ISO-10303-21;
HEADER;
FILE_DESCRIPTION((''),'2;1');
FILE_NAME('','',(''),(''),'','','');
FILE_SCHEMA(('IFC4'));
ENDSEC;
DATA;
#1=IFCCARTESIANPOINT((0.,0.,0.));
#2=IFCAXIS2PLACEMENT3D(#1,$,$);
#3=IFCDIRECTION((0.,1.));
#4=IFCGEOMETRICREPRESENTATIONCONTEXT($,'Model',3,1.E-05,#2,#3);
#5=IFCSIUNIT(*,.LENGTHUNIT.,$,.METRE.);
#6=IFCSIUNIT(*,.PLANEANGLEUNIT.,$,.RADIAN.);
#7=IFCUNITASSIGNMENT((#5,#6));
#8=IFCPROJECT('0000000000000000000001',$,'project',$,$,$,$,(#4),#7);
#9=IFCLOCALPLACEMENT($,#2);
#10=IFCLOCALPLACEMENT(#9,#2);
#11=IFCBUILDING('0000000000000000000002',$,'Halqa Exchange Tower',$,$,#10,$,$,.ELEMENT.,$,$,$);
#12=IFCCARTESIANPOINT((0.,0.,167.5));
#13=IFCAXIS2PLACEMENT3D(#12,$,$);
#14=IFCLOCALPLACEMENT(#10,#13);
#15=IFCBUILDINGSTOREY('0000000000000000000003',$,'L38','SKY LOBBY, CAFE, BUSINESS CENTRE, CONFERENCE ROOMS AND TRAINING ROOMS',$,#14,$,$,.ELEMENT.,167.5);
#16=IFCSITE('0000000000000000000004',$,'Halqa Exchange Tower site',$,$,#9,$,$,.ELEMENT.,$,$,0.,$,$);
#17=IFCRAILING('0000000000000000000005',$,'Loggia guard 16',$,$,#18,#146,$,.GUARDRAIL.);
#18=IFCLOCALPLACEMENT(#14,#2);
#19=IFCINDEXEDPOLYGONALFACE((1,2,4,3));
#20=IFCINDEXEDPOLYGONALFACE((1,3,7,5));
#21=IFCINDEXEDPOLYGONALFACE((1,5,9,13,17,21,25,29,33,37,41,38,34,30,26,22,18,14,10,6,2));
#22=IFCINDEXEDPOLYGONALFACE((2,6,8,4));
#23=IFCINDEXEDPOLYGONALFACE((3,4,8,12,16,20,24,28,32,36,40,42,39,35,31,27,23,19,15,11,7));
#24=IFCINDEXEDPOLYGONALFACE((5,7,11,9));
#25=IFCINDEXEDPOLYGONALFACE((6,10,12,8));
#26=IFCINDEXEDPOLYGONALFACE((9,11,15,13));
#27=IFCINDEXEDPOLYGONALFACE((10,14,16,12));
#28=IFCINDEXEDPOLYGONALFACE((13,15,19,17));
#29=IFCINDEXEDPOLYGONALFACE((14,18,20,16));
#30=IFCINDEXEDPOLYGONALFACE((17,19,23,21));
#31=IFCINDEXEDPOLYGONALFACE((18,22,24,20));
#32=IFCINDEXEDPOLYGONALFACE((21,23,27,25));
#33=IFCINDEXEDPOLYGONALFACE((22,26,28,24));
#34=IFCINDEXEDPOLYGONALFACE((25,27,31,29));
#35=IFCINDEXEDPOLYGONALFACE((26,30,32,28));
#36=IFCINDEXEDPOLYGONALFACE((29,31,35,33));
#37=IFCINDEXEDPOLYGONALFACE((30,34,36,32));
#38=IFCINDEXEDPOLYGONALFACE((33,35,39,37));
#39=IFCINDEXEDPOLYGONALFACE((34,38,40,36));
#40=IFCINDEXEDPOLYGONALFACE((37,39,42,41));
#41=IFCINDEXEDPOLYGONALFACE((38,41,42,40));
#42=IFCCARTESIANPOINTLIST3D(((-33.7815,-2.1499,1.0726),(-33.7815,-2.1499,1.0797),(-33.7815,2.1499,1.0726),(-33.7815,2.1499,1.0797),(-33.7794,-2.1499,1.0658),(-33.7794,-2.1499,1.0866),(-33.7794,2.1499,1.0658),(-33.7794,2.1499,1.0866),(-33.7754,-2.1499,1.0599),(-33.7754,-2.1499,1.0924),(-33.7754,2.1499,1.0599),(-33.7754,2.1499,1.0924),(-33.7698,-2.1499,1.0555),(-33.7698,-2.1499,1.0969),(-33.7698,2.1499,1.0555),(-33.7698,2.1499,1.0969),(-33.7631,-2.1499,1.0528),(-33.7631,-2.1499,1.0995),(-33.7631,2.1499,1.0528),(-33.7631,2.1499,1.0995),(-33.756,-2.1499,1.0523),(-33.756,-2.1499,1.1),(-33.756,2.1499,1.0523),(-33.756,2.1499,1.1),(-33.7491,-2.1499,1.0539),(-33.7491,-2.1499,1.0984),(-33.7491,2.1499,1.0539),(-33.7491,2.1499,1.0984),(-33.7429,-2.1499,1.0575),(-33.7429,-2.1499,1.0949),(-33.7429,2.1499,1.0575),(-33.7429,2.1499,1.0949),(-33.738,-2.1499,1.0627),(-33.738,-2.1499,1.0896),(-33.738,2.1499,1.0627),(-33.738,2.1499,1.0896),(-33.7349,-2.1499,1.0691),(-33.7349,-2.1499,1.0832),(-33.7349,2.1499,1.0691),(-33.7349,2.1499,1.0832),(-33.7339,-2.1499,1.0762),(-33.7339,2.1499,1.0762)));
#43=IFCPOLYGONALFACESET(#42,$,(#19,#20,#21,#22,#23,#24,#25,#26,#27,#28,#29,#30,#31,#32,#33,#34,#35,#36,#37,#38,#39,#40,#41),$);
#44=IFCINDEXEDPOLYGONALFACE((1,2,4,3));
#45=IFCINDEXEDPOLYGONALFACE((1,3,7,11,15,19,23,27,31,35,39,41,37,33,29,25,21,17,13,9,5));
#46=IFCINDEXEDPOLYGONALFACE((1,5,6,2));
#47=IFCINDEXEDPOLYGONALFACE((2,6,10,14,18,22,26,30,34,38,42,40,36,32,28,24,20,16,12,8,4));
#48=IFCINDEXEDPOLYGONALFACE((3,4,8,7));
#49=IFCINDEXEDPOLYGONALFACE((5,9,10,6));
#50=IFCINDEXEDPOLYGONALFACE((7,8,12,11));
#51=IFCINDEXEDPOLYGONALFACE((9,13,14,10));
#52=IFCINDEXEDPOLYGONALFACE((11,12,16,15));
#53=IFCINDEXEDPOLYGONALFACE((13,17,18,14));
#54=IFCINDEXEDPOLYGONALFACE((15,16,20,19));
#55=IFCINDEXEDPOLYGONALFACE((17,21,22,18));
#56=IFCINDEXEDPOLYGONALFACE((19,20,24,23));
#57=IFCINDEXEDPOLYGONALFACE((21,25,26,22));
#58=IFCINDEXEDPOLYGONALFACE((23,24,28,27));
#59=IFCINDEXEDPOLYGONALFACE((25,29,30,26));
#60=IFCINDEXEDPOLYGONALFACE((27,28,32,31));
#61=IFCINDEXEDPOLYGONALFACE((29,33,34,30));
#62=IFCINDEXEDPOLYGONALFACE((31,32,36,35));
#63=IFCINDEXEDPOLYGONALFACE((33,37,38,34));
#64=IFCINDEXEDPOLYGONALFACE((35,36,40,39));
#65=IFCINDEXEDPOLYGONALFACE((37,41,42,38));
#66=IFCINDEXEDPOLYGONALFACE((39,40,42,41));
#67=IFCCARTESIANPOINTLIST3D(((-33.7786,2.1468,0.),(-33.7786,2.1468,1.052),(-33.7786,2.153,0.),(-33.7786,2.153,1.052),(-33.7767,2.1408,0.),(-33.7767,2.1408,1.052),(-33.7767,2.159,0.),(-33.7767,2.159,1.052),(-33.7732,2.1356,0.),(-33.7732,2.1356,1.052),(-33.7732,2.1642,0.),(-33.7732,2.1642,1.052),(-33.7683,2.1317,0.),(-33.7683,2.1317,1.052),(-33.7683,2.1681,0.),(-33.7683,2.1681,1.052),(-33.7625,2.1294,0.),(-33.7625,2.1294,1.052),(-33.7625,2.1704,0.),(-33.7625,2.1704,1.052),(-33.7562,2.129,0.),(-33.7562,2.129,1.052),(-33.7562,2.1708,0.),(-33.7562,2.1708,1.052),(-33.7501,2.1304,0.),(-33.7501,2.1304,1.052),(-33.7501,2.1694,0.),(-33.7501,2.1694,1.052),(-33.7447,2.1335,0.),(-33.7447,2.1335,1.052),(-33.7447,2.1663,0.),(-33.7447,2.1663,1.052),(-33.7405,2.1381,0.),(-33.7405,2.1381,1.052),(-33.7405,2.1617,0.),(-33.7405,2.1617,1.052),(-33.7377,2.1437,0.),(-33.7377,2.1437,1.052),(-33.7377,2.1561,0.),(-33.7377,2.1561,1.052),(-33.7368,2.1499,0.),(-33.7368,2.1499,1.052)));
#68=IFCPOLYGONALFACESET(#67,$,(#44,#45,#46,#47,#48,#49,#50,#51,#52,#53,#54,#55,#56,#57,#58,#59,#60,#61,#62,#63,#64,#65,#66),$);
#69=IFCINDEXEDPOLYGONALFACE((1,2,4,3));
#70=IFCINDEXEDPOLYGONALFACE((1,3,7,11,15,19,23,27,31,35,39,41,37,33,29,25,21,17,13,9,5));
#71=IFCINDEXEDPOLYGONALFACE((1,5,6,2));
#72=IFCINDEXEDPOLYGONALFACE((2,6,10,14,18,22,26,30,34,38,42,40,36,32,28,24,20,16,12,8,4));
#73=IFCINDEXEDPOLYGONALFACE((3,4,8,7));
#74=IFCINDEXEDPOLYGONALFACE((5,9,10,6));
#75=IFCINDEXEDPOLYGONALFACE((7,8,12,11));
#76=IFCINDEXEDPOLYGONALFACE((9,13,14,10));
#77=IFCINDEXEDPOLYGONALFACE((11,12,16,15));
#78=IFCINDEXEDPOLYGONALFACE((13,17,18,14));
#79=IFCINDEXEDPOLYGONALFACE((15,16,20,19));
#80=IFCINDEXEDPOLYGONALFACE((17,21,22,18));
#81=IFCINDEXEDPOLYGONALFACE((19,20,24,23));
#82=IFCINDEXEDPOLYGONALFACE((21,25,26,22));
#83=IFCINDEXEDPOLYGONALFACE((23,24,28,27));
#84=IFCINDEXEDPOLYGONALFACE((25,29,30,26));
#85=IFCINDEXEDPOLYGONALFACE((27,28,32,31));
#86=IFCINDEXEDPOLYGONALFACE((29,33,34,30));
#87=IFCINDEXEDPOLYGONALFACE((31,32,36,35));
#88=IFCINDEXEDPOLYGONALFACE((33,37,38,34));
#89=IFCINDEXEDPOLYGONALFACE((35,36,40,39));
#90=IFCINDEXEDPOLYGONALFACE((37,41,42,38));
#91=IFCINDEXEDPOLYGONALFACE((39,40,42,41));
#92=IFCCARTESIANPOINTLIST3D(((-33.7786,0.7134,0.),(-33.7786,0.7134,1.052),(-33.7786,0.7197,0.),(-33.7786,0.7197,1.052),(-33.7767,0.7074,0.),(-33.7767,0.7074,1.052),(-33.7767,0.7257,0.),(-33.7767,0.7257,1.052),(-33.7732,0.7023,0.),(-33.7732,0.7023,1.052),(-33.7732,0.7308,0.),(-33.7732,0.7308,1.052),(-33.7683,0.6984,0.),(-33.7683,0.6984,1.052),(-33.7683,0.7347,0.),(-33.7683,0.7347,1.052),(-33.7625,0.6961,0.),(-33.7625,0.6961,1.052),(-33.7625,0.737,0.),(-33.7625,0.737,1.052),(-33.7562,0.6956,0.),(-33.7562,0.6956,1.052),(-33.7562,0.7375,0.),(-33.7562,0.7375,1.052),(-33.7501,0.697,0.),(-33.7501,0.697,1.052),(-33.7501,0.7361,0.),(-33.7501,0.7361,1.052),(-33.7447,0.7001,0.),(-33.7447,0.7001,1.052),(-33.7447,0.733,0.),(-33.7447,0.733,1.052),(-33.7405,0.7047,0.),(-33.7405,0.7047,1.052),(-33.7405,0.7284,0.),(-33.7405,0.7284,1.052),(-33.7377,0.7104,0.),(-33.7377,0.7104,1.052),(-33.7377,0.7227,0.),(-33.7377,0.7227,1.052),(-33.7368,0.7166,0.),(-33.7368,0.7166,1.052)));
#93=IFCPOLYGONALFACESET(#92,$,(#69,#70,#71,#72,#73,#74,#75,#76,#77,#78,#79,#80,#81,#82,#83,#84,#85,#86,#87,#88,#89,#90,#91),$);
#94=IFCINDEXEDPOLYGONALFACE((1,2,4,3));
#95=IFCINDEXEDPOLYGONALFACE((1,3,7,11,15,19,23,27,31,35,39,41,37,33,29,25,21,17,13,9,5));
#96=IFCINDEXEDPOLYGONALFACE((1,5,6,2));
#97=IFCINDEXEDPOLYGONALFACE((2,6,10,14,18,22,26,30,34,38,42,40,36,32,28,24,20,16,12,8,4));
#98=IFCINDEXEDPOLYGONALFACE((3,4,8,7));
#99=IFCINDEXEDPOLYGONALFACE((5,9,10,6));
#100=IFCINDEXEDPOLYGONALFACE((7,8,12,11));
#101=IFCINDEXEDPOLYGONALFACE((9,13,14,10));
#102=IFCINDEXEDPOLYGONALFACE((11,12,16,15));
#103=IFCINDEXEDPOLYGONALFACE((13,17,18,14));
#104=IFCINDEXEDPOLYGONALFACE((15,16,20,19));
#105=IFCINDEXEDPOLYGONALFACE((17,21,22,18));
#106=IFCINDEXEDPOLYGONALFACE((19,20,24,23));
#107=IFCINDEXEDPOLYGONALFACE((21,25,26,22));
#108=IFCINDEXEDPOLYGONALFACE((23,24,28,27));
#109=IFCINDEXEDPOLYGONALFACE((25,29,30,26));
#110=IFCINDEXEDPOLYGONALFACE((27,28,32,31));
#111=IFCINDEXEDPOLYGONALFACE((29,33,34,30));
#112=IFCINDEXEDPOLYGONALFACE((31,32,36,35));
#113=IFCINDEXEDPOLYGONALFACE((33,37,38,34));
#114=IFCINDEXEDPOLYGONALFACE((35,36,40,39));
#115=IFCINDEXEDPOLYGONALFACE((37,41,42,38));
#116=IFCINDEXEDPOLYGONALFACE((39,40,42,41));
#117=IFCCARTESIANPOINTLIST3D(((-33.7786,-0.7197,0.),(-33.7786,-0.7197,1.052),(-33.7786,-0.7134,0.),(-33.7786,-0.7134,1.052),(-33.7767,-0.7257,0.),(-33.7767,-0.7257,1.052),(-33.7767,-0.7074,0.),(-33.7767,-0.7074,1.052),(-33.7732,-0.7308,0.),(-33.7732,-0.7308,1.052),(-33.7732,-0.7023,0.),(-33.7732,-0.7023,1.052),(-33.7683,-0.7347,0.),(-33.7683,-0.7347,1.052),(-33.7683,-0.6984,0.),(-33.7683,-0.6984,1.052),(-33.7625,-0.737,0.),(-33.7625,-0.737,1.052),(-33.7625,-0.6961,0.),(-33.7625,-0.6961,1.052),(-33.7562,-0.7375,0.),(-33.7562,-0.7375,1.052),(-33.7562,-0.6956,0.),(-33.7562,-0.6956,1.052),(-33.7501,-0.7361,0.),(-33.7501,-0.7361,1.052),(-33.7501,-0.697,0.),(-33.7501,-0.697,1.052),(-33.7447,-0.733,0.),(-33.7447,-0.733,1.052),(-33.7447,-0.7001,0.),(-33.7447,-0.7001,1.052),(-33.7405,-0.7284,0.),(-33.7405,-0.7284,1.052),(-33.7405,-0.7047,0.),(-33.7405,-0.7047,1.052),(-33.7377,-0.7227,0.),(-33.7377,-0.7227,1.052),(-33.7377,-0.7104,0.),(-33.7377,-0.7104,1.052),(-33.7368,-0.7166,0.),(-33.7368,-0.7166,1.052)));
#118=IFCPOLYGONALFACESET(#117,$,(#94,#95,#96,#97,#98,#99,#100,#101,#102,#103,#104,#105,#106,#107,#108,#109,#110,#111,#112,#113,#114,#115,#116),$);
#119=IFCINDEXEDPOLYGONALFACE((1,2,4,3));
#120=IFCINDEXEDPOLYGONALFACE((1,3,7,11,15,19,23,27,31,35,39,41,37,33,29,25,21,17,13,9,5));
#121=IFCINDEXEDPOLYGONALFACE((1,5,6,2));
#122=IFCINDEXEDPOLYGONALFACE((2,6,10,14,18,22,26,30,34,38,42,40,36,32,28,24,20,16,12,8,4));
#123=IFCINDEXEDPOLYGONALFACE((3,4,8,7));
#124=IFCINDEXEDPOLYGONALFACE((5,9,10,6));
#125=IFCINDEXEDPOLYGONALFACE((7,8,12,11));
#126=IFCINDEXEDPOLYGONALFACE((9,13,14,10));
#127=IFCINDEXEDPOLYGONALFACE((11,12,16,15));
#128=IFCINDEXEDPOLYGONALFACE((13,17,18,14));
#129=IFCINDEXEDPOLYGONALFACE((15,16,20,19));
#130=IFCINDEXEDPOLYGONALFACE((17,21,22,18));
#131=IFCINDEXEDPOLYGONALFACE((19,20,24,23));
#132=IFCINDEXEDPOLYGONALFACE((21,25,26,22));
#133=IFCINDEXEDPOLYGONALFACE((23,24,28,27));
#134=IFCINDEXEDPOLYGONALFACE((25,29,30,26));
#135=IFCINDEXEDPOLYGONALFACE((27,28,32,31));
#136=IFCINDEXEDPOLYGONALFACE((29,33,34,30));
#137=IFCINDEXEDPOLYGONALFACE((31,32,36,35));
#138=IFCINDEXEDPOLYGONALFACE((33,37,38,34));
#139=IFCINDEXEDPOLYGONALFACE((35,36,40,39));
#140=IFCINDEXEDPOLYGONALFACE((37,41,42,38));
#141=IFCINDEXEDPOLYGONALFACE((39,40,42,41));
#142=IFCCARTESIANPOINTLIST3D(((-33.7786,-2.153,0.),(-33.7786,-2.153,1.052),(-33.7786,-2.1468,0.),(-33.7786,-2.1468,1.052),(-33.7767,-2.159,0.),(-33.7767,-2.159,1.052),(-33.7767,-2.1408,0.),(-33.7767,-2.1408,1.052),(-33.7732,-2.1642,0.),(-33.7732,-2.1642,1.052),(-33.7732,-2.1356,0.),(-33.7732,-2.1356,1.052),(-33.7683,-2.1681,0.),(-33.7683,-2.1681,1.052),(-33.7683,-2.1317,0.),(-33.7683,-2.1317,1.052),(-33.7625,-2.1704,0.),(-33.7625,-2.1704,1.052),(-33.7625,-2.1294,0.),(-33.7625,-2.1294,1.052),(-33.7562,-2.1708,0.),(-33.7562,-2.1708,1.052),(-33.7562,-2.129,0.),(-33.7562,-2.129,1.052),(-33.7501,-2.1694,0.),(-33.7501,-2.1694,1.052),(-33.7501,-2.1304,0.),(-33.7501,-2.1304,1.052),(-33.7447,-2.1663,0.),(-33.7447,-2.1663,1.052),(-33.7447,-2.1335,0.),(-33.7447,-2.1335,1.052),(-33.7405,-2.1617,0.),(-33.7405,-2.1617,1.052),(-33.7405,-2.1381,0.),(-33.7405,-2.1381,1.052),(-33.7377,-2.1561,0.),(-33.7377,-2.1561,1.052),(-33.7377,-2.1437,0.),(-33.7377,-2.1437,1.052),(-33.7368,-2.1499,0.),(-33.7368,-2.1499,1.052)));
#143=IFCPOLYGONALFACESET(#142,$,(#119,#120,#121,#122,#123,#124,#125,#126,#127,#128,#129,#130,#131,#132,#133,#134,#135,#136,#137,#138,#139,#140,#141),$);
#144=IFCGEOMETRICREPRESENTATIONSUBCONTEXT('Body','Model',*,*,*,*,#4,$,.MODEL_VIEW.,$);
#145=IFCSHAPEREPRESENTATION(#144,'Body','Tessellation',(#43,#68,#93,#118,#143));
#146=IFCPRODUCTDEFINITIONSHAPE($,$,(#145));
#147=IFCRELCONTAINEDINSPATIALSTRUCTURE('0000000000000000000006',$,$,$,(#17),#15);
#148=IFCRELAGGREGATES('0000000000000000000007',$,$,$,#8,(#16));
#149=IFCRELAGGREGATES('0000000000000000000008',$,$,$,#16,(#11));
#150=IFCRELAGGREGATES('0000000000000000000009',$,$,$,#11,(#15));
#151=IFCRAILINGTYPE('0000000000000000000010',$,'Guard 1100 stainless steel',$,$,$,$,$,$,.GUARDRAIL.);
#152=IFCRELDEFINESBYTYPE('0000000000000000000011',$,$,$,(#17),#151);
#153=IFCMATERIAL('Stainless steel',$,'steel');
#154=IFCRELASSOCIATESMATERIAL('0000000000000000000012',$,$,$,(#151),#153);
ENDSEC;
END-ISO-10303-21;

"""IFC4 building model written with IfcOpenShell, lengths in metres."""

from ifc_helpers import new_model, si_unit, direction, frame, origin, origin_2d, place, context, subcontext, project, spatial, circle, extrude, material, type_object, element, save


model = new_model("IFC4")

# Units and contexts
model_context = context("Model", 3, precision=1e-05, world=origin(), true_north=direction((0.0, 1.0)))
body_context = subcontext(model_context, "Body", "Model", "MODEL_VIEW")
ifc_project = project(units=[si_unit("LENGTHUNIT", "METRE"), si_unit("PLANEANGLEUNIT", "RADIAN")], contexts=[model_context])

# Site, building, storey
site_placement = place(None, origin())
site = spatial("IfcSite", under=ifc_project, at=site_placement, Name="Halqa Exchange Tower site", CompositionType="ELEMENT", RefElevation=0.0)
building_placement = place(site_placement, origin())
building = spatial("IfcBuilding", under=site, at=building_placement, Name="Halqa Exchange Tower", CompositionType="ELEMENT")
storey_placement = place(building_placement, frame((0.0, 0.0, 167.5)))
storey = spatial("IfcBuildingStorey", under=building, at=storey_placement, Name="L38", Description="SKY LOBBY, CAFE, BUSINESS CENTRE, CONFERENCE ROOMS AND TRAINING ROOMS", CompositionType="ELEMENT", Elevation=167.5)

# Railing
ifc_material_1 = material(Name="Stainless steel", Category="steel")
railing_type = type_object("IfcRailingType", Name="Guard 1100 stainless steel", PredefinedType="GUARDRAIL", material=ifc_material_1)
railing_1_placement = place(storey_placement, frame((-33.7578, 2.1499, 0.0)))
element("IfcRailing", 1, at=railing_1_placement, inside=storey, type_object=railing_type, Name="Loggia guard 16", PredefinedType="GUARDRAIL", context=body_context, shape_type="SweptSolid", body=[
    extrude(circle(Radius=0.0239, at=origin_2d()), frame((0.0, 0.0, 1.0762), z_axis=(0.0, -1.0, 0.0), x_axis=(1.0, 0.0, 0.0)), (0.0, 0.0, 1.0), 4.2998),
    extrude(circle(Radius=0.021, at=origin_2d()), origin(), (0.0, 0.0, 1.0), 1.052),
    extrude(circle(Radius=0.021, at=origin_2d()), frame((0.0, -1.4333, 0.0)), (0.0, 0.0, 1.0), 1.052),
    extrude(circle(Radius=0.021, at=origin_2d()), frame((0.0, -2.8665, 0.0)), (0.0, 0.0, 1.0), 1.052),
    extrude(circle(Radius=0.021, at=origin_2d()), frame((0.0, -4.2998, 0.0)), (0.0, 0.0, 1.0), 1.052),
])

save(model, "model.ifc")
